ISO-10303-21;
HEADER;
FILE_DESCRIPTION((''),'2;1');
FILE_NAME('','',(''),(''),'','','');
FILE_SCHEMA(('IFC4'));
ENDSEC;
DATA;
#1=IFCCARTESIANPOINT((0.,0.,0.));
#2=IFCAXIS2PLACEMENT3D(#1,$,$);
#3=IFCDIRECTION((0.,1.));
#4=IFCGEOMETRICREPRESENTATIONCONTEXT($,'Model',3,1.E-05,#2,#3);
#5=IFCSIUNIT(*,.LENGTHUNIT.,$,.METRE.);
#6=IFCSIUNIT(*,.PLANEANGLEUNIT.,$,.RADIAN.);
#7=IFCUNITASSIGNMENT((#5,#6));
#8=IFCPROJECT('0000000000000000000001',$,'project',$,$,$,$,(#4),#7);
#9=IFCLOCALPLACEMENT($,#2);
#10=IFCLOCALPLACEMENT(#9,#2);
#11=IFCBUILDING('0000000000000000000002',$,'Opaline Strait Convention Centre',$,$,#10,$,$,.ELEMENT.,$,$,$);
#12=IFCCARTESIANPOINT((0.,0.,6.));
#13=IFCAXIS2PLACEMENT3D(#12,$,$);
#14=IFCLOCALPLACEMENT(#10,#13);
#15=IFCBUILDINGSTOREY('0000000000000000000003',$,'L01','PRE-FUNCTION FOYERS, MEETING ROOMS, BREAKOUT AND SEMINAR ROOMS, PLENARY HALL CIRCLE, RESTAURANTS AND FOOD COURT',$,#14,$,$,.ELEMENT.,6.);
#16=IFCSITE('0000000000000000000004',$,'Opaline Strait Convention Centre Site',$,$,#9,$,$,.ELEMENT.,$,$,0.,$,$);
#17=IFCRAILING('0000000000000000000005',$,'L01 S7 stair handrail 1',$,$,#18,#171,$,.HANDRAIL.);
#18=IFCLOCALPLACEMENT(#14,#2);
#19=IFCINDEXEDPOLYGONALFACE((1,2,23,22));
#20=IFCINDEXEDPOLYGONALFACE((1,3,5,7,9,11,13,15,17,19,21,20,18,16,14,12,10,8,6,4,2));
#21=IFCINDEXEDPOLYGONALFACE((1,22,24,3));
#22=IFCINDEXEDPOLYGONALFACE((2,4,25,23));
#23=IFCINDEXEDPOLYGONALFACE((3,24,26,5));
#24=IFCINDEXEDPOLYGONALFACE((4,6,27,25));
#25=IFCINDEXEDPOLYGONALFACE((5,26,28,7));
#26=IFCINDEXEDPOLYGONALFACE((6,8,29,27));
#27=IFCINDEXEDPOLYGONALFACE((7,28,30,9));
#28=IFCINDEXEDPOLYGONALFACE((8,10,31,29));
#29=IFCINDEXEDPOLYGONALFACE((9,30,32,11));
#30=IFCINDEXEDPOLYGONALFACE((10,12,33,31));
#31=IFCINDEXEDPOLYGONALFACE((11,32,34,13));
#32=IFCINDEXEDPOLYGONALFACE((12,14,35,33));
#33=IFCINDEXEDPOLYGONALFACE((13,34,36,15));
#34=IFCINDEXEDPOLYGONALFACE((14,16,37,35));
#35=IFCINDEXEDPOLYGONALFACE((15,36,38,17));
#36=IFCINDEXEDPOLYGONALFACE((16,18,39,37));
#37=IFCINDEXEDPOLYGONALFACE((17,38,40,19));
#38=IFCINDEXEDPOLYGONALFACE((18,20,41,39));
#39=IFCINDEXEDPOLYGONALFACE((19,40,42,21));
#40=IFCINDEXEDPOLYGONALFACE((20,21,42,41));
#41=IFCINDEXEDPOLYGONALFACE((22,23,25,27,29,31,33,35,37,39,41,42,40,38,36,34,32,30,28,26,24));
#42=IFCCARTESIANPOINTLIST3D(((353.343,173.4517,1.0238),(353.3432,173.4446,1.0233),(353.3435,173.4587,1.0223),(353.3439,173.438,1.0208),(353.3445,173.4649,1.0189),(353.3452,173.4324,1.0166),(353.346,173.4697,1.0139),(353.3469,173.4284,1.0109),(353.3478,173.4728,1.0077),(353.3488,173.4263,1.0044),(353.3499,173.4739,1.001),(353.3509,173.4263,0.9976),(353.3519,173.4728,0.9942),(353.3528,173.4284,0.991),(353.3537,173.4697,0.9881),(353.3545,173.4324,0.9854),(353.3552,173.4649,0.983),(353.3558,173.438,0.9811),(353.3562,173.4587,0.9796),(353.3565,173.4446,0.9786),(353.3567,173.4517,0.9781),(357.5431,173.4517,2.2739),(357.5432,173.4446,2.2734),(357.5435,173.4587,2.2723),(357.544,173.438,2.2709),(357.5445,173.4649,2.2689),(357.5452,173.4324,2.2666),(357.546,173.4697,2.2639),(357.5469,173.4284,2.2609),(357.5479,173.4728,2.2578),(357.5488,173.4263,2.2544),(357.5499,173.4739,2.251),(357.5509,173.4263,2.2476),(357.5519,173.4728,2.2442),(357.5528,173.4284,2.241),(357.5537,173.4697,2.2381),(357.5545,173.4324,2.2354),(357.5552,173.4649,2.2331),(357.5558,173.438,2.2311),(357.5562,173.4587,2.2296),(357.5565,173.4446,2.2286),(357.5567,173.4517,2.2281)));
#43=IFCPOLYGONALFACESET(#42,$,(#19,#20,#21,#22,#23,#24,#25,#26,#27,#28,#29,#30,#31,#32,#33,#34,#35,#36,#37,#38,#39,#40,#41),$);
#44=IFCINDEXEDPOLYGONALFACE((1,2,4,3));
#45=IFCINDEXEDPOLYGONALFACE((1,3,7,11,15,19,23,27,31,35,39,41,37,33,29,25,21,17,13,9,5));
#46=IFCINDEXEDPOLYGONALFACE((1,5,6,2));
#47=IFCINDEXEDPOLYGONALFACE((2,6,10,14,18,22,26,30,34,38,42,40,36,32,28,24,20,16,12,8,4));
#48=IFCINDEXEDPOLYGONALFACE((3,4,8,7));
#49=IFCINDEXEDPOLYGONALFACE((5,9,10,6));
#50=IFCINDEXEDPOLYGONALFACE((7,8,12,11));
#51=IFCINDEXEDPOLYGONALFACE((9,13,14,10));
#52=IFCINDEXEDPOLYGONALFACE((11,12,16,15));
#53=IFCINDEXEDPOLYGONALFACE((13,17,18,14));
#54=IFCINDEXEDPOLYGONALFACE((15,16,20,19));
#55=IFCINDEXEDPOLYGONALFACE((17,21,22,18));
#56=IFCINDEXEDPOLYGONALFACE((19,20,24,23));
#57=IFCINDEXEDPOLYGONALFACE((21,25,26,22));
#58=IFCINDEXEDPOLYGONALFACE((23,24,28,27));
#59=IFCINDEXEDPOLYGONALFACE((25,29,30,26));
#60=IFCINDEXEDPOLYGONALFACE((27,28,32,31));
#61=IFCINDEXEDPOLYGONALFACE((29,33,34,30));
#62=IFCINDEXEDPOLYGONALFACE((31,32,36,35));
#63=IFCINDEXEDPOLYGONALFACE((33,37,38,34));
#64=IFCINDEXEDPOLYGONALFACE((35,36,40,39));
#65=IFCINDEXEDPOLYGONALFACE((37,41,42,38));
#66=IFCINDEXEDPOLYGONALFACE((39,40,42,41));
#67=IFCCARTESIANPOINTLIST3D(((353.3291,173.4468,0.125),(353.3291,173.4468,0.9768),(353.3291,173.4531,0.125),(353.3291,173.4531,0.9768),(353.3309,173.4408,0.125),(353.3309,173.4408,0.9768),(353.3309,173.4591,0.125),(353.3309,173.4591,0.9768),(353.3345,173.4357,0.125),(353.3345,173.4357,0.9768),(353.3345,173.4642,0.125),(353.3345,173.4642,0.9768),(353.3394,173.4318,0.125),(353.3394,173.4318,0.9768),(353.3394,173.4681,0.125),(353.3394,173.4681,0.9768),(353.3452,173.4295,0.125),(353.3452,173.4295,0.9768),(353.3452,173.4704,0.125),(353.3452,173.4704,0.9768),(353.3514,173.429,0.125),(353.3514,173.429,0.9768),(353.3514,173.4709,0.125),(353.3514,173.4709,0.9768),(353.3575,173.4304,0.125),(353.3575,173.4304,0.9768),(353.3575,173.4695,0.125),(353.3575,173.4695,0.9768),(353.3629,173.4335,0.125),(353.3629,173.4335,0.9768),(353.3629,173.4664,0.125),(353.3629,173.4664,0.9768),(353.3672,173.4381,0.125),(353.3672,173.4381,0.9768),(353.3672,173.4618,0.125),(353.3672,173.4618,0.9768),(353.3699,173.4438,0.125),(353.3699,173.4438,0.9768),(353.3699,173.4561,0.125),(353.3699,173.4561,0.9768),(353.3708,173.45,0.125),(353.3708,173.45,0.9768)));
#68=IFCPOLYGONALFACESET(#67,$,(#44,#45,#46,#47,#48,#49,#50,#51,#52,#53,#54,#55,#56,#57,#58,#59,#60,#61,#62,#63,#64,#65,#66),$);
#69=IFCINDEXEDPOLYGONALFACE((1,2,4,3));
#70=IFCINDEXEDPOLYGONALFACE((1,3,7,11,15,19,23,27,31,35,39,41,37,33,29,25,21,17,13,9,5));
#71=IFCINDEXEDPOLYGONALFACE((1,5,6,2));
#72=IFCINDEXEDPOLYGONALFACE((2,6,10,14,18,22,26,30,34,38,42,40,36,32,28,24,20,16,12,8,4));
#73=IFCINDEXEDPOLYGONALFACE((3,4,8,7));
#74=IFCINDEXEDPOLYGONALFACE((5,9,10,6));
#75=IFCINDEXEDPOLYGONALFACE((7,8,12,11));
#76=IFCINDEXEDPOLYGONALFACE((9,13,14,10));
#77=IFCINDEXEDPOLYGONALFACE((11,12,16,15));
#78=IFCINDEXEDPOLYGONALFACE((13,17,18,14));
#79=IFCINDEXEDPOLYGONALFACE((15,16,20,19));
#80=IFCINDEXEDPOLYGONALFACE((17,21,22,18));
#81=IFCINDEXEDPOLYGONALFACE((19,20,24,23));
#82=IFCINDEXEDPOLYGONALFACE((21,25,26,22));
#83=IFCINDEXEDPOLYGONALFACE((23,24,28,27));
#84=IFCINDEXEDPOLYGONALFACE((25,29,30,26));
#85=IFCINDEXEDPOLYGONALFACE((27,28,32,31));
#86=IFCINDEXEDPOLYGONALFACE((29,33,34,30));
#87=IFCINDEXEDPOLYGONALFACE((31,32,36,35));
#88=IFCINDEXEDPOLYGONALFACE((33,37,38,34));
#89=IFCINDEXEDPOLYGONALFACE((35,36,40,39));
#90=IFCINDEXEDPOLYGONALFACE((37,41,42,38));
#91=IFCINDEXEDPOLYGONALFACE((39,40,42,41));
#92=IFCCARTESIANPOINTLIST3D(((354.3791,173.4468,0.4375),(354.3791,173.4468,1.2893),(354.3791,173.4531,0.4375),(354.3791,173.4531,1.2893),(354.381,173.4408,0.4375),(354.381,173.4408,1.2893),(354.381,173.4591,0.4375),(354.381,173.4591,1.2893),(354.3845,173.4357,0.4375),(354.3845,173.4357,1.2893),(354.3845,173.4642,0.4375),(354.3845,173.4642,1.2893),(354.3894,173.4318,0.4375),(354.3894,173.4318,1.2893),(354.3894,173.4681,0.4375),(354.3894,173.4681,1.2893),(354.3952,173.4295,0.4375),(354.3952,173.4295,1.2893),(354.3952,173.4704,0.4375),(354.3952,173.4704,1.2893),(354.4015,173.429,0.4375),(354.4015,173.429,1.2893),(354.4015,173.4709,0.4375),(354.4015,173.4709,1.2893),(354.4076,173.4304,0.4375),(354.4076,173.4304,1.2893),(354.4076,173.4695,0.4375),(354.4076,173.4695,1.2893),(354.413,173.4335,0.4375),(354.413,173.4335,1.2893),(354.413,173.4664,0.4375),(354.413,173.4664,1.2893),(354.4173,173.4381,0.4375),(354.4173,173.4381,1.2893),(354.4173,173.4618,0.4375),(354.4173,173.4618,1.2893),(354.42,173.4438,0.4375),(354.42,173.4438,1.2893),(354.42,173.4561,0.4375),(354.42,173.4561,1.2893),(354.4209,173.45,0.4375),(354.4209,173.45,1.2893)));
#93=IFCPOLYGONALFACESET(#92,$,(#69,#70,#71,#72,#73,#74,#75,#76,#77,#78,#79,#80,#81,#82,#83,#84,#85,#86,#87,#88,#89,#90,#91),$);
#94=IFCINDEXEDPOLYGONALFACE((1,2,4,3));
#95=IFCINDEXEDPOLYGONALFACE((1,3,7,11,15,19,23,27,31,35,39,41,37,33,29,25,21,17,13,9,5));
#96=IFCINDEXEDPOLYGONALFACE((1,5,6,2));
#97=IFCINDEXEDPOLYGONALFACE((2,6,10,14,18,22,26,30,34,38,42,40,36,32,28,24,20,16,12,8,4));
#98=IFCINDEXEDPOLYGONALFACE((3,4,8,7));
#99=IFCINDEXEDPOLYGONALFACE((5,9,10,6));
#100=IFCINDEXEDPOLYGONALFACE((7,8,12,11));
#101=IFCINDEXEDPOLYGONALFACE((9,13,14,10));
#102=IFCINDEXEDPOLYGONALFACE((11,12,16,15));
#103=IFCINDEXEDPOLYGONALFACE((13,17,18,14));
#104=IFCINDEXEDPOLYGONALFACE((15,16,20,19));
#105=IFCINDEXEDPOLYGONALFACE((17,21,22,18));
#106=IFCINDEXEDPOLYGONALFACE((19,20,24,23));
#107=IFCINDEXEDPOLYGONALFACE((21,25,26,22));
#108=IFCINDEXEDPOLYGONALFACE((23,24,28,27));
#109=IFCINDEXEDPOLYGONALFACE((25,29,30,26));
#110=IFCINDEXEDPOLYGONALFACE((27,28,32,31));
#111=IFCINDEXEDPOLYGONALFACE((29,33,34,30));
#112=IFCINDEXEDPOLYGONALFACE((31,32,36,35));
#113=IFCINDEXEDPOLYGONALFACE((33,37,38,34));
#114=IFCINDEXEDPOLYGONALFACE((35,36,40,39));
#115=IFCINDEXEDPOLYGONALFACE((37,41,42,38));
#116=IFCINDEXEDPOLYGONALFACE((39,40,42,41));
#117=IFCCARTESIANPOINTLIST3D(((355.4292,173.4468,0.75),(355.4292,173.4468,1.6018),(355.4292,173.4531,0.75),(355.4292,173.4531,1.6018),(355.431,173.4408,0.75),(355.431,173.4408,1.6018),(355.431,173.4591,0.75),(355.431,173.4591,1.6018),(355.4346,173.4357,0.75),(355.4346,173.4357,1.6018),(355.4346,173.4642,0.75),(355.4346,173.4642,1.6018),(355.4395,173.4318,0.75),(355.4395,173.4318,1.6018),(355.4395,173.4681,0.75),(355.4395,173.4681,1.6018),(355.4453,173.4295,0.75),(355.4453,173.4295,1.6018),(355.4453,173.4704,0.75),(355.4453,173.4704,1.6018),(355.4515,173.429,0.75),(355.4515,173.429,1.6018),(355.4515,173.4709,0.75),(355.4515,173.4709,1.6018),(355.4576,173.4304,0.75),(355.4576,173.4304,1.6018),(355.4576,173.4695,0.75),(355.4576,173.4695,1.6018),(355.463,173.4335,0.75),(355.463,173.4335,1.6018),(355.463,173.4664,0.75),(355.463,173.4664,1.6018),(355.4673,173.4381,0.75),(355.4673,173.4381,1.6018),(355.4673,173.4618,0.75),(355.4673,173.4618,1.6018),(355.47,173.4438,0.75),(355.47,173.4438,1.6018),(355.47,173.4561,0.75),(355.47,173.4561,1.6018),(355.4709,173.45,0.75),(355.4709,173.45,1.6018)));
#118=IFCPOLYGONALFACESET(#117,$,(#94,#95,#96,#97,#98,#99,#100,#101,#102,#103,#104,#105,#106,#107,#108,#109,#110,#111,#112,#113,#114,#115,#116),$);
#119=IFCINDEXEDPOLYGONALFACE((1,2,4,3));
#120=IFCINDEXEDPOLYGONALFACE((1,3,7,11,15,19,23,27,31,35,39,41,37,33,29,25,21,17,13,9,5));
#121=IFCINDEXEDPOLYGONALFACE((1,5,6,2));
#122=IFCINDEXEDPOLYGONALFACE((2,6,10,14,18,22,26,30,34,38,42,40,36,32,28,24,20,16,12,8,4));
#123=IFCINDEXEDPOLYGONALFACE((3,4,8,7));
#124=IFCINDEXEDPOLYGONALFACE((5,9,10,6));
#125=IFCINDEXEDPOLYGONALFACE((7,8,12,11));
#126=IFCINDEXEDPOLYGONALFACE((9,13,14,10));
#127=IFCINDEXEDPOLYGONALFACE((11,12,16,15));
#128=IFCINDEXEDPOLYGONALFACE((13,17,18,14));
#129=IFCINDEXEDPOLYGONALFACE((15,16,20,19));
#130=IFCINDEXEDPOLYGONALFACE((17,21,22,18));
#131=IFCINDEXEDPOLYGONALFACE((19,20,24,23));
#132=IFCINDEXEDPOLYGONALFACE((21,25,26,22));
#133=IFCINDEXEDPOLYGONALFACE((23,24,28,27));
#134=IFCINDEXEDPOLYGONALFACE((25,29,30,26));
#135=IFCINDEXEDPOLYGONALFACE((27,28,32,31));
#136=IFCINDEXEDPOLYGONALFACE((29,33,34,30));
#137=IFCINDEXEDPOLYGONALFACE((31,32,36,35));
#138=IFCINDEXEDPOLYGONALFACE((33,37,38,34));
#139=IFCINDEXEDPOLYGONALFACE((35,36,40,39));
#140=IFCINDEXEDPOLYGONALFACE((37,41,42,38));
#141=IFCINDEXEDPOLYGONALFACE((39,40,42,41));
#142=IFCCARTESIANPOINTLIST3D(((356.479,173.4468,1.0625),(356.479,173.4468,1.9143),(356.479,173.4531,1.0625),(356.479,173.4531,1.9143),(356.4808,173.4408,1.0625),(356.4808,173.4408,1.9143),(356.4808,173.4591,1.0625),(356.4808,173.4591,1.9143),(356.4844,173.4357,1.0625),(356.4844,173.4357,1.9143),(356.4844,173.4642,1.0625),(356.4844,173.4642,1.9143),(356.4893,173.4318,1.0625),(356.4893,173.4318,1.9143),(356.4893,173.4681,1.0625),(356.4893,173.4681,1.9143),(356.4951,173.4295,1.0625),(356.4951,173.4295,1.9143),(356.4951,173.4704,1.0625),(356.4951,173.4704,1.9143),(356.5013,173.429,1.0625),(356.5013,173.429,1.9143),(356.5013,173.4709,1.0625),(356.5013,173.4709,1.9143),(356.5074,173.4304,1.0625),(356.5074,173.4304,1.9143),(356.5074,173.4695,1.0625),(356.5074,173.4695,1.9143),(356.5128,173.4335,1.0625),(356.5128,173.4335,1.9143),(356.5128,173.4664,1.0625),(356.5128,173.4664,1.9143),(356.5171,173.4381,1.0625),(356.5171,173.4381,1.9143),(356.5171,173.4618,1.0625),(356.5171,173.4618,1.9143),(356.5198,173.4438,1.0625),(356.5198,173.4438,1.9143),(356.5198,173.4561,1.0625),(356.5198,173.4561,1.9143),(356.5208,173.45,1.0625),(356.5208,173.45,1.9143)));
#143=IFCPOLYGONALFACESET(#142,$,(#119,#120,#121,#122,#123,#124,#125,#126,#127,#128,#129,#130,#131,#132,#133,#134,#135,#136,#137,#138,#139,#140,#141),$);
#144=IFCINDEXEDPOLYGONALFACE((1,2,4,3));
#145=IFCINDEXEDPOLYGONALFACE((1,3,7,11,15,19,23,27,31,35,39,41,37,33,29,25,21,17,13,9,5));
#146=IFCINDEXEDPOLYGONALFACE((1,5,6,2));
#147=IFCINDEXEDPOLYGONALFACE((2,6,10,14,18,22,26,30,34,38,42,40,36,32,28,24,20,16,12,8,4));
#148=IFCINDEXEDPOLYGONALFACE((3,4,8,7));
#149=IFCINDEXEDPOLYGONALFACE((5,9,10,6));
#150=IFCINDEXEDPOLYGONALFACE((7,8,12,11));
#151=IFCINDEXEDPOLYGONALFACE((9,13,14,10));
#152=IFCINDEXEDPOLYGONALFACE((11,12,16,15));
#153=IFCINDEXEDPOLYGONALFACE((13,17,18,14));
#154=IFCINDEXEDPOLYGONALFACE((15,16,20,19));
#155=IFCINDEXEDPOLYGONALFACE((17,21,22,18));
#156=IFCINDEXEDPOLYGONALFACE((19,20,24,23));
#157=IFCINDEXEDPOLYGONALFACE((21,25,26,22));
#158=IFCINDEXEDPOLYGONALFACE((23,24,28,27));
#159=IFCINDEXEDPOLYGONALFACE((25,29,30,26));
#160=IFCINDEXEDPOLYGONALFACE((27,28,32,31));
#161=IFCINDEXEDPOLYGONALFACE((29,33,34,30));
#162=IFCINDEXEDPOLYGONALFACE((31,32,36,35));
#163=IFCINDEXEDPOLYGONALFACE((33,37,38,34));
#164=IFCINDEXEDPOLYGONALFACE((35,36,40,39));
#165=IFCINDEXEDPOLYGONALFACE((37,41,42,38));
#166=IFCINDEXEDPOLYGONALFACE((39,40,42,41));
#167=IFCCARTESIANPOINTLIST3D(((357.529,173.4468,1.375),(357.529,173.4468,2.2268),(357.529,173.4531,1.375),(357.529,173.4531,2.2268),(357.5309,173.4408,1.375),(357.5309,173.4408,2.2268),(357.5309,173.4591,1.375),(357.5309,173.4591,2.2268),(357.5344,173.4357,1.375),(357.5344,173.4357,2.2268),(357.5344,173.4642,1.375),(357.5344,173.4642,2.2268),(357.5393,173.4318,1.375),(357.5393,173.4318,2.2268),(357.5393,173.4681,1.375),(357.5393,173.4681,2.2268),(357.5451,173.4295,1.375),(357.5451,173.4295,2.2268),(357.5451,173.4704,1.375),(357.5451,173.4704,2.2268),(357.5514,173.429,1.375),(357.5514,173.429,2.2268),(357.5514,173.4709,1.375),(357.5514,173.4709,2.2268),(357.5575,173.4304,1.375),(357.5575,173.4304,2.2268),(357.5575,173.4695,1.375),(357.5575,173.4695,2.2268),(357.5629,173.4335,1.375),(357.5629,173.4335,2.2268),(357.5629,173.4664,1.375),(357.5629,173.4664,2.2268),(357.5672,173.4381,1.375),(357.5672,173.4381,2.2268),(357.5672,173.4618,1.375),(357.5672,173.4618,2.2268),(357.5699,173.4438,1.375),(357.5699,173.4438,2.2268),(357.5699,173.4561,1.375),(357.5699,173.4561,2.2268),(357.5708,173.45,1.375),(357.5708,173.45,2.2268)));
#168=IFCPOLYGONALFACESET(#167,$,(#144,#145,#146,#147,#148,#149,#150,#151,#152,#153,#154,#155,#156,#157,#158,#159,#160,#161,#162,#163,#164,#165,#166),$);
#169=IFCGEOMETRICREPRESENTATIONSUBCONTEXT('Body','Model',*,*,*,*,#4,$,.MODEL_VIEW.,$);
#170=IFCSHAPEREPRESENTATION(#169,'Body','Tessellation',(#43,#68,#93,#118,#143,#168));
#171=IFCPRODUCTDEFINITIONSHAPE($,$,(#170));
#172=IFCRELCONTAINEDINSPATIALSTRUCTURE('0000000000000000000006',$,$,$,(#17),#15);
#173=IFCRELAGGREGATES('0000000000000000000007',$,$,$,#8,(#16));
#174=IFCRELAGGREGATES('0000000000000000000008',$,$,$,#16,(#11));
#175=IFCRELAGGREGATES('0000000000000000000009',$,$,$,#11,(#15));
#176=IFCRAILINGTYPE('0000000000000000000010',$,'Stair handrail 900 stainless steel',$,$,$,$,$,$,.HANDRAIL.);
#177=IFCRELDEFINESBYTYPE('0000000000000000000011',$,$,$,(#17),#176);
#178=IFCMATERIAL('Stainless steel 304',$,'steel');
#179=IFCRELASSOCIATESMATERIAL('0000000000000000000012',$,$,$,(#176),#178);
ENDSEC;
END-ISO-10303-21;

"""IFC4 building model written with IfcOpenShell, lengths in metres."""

from ifc_helpers import new_model, si_unit, direction, frame, origin, origin_2d, place, context, subcontext, project, spatial, circle, extrude, material, type_object, element, save


model = new_model("IFC4")

# Units and contexts
model_context = context("Model", 3, precision=1e-05, world=origin(), true_north=direction((0.0, 1.0)))
body_context = subcontext(model_context, "Body", "Model", "MODEL_VIEW")
ifc_project = project(units=[si_unit("LENGTHUNIT", "METRE"), si_unit("PLANEANGLEUNIT", "RADIAN")], contexts=[model_context])

# Site, building, storey
site_placement = place(None, origin())
site = spatial("IfcSite", under=ifc_project, at=site_placement, Name="Opaline Strait Convention Centre Site", CompositionType="ELEMENT", RefElevation=0.0)
building_placement = place(site_placement, origin())
building = spatial("IfcBuilding", under=site, at=building_placement, Name="Opaline Strait Convention Centre", CompositionType="ELEMENT")
storey_placement = place(building_placement, frame((0.0, 0.0, 6.0)))
storey = spatial("IfcBuildingStorey", under=building, at=storey_placement, Name="L01", Description="PRE-FUNCTION FOYERS, MEETING ROOMS, BREAKOUT AND SEMINAR ROOMS, PLENARY HALL CIRCLE, RESTAURANTS AND FOOD COURT", CompositionType="ELEMENT", Elevation=6.0)

# Railing
ifc_material_1 = material(Name="Stainless steel 304", Category="steel")
railing_type_1 = type_object("IfcRailingType", Name="Stair handrail 900 stainless steel", PredefinedType="HANDRAIL", material=ifc_material_1)
for number, where, name in (
    (1, (353.3499, 173.45, 0.125), "L01 S7 stair handrail 1"),
):
    element("IfcRailing", number, at=place(storey_placement, frame(where)), inside=storey, type_object=railing_type_1, Name=name, PredefinedType="HANDRAIL", context=body_context, shape_type="SweptSolid", body=[
        extrude(circle(Radius=0.0239, at=origin_2d()), frame((0.0, 0.0, 0.876), z_axis=(0.958451, 0.0, 0.285257), x_axis=(0.0, 1.0, 0.0)), (0.0, 0.0, 1.0), 4.3821),
        extrude(circle(Radius=0.021, at=origin_2d()), origin(), (0.0, 0.0, 1.0), 0.8518),
        extrude(circle(Radius=0.021, at=origin_2d()), frame((1.05, 0.0, 0.3125)), (0.0, 0.0, 1.0), 0.8518),
        extrude(circle(Radius=0.021, at=origin_2d()), frame((2.1001, 0.0, 0.625)), (0.0, 0.0, 1.0), 0.8518),
        extrude(circle(Radius=0.021, at=origin_2d()), frame((3.1499, 0.0, 0.9375)), (0.0, 0.0, 1.0), 0.8518),
        extrude(circle(Radius=0.021, at=origin_2d()), frame((4.2, 0.0, 1.25)), (0.0, 0.0, 1.0), 0.8518),
    ])

save(model, "model.ifc")
